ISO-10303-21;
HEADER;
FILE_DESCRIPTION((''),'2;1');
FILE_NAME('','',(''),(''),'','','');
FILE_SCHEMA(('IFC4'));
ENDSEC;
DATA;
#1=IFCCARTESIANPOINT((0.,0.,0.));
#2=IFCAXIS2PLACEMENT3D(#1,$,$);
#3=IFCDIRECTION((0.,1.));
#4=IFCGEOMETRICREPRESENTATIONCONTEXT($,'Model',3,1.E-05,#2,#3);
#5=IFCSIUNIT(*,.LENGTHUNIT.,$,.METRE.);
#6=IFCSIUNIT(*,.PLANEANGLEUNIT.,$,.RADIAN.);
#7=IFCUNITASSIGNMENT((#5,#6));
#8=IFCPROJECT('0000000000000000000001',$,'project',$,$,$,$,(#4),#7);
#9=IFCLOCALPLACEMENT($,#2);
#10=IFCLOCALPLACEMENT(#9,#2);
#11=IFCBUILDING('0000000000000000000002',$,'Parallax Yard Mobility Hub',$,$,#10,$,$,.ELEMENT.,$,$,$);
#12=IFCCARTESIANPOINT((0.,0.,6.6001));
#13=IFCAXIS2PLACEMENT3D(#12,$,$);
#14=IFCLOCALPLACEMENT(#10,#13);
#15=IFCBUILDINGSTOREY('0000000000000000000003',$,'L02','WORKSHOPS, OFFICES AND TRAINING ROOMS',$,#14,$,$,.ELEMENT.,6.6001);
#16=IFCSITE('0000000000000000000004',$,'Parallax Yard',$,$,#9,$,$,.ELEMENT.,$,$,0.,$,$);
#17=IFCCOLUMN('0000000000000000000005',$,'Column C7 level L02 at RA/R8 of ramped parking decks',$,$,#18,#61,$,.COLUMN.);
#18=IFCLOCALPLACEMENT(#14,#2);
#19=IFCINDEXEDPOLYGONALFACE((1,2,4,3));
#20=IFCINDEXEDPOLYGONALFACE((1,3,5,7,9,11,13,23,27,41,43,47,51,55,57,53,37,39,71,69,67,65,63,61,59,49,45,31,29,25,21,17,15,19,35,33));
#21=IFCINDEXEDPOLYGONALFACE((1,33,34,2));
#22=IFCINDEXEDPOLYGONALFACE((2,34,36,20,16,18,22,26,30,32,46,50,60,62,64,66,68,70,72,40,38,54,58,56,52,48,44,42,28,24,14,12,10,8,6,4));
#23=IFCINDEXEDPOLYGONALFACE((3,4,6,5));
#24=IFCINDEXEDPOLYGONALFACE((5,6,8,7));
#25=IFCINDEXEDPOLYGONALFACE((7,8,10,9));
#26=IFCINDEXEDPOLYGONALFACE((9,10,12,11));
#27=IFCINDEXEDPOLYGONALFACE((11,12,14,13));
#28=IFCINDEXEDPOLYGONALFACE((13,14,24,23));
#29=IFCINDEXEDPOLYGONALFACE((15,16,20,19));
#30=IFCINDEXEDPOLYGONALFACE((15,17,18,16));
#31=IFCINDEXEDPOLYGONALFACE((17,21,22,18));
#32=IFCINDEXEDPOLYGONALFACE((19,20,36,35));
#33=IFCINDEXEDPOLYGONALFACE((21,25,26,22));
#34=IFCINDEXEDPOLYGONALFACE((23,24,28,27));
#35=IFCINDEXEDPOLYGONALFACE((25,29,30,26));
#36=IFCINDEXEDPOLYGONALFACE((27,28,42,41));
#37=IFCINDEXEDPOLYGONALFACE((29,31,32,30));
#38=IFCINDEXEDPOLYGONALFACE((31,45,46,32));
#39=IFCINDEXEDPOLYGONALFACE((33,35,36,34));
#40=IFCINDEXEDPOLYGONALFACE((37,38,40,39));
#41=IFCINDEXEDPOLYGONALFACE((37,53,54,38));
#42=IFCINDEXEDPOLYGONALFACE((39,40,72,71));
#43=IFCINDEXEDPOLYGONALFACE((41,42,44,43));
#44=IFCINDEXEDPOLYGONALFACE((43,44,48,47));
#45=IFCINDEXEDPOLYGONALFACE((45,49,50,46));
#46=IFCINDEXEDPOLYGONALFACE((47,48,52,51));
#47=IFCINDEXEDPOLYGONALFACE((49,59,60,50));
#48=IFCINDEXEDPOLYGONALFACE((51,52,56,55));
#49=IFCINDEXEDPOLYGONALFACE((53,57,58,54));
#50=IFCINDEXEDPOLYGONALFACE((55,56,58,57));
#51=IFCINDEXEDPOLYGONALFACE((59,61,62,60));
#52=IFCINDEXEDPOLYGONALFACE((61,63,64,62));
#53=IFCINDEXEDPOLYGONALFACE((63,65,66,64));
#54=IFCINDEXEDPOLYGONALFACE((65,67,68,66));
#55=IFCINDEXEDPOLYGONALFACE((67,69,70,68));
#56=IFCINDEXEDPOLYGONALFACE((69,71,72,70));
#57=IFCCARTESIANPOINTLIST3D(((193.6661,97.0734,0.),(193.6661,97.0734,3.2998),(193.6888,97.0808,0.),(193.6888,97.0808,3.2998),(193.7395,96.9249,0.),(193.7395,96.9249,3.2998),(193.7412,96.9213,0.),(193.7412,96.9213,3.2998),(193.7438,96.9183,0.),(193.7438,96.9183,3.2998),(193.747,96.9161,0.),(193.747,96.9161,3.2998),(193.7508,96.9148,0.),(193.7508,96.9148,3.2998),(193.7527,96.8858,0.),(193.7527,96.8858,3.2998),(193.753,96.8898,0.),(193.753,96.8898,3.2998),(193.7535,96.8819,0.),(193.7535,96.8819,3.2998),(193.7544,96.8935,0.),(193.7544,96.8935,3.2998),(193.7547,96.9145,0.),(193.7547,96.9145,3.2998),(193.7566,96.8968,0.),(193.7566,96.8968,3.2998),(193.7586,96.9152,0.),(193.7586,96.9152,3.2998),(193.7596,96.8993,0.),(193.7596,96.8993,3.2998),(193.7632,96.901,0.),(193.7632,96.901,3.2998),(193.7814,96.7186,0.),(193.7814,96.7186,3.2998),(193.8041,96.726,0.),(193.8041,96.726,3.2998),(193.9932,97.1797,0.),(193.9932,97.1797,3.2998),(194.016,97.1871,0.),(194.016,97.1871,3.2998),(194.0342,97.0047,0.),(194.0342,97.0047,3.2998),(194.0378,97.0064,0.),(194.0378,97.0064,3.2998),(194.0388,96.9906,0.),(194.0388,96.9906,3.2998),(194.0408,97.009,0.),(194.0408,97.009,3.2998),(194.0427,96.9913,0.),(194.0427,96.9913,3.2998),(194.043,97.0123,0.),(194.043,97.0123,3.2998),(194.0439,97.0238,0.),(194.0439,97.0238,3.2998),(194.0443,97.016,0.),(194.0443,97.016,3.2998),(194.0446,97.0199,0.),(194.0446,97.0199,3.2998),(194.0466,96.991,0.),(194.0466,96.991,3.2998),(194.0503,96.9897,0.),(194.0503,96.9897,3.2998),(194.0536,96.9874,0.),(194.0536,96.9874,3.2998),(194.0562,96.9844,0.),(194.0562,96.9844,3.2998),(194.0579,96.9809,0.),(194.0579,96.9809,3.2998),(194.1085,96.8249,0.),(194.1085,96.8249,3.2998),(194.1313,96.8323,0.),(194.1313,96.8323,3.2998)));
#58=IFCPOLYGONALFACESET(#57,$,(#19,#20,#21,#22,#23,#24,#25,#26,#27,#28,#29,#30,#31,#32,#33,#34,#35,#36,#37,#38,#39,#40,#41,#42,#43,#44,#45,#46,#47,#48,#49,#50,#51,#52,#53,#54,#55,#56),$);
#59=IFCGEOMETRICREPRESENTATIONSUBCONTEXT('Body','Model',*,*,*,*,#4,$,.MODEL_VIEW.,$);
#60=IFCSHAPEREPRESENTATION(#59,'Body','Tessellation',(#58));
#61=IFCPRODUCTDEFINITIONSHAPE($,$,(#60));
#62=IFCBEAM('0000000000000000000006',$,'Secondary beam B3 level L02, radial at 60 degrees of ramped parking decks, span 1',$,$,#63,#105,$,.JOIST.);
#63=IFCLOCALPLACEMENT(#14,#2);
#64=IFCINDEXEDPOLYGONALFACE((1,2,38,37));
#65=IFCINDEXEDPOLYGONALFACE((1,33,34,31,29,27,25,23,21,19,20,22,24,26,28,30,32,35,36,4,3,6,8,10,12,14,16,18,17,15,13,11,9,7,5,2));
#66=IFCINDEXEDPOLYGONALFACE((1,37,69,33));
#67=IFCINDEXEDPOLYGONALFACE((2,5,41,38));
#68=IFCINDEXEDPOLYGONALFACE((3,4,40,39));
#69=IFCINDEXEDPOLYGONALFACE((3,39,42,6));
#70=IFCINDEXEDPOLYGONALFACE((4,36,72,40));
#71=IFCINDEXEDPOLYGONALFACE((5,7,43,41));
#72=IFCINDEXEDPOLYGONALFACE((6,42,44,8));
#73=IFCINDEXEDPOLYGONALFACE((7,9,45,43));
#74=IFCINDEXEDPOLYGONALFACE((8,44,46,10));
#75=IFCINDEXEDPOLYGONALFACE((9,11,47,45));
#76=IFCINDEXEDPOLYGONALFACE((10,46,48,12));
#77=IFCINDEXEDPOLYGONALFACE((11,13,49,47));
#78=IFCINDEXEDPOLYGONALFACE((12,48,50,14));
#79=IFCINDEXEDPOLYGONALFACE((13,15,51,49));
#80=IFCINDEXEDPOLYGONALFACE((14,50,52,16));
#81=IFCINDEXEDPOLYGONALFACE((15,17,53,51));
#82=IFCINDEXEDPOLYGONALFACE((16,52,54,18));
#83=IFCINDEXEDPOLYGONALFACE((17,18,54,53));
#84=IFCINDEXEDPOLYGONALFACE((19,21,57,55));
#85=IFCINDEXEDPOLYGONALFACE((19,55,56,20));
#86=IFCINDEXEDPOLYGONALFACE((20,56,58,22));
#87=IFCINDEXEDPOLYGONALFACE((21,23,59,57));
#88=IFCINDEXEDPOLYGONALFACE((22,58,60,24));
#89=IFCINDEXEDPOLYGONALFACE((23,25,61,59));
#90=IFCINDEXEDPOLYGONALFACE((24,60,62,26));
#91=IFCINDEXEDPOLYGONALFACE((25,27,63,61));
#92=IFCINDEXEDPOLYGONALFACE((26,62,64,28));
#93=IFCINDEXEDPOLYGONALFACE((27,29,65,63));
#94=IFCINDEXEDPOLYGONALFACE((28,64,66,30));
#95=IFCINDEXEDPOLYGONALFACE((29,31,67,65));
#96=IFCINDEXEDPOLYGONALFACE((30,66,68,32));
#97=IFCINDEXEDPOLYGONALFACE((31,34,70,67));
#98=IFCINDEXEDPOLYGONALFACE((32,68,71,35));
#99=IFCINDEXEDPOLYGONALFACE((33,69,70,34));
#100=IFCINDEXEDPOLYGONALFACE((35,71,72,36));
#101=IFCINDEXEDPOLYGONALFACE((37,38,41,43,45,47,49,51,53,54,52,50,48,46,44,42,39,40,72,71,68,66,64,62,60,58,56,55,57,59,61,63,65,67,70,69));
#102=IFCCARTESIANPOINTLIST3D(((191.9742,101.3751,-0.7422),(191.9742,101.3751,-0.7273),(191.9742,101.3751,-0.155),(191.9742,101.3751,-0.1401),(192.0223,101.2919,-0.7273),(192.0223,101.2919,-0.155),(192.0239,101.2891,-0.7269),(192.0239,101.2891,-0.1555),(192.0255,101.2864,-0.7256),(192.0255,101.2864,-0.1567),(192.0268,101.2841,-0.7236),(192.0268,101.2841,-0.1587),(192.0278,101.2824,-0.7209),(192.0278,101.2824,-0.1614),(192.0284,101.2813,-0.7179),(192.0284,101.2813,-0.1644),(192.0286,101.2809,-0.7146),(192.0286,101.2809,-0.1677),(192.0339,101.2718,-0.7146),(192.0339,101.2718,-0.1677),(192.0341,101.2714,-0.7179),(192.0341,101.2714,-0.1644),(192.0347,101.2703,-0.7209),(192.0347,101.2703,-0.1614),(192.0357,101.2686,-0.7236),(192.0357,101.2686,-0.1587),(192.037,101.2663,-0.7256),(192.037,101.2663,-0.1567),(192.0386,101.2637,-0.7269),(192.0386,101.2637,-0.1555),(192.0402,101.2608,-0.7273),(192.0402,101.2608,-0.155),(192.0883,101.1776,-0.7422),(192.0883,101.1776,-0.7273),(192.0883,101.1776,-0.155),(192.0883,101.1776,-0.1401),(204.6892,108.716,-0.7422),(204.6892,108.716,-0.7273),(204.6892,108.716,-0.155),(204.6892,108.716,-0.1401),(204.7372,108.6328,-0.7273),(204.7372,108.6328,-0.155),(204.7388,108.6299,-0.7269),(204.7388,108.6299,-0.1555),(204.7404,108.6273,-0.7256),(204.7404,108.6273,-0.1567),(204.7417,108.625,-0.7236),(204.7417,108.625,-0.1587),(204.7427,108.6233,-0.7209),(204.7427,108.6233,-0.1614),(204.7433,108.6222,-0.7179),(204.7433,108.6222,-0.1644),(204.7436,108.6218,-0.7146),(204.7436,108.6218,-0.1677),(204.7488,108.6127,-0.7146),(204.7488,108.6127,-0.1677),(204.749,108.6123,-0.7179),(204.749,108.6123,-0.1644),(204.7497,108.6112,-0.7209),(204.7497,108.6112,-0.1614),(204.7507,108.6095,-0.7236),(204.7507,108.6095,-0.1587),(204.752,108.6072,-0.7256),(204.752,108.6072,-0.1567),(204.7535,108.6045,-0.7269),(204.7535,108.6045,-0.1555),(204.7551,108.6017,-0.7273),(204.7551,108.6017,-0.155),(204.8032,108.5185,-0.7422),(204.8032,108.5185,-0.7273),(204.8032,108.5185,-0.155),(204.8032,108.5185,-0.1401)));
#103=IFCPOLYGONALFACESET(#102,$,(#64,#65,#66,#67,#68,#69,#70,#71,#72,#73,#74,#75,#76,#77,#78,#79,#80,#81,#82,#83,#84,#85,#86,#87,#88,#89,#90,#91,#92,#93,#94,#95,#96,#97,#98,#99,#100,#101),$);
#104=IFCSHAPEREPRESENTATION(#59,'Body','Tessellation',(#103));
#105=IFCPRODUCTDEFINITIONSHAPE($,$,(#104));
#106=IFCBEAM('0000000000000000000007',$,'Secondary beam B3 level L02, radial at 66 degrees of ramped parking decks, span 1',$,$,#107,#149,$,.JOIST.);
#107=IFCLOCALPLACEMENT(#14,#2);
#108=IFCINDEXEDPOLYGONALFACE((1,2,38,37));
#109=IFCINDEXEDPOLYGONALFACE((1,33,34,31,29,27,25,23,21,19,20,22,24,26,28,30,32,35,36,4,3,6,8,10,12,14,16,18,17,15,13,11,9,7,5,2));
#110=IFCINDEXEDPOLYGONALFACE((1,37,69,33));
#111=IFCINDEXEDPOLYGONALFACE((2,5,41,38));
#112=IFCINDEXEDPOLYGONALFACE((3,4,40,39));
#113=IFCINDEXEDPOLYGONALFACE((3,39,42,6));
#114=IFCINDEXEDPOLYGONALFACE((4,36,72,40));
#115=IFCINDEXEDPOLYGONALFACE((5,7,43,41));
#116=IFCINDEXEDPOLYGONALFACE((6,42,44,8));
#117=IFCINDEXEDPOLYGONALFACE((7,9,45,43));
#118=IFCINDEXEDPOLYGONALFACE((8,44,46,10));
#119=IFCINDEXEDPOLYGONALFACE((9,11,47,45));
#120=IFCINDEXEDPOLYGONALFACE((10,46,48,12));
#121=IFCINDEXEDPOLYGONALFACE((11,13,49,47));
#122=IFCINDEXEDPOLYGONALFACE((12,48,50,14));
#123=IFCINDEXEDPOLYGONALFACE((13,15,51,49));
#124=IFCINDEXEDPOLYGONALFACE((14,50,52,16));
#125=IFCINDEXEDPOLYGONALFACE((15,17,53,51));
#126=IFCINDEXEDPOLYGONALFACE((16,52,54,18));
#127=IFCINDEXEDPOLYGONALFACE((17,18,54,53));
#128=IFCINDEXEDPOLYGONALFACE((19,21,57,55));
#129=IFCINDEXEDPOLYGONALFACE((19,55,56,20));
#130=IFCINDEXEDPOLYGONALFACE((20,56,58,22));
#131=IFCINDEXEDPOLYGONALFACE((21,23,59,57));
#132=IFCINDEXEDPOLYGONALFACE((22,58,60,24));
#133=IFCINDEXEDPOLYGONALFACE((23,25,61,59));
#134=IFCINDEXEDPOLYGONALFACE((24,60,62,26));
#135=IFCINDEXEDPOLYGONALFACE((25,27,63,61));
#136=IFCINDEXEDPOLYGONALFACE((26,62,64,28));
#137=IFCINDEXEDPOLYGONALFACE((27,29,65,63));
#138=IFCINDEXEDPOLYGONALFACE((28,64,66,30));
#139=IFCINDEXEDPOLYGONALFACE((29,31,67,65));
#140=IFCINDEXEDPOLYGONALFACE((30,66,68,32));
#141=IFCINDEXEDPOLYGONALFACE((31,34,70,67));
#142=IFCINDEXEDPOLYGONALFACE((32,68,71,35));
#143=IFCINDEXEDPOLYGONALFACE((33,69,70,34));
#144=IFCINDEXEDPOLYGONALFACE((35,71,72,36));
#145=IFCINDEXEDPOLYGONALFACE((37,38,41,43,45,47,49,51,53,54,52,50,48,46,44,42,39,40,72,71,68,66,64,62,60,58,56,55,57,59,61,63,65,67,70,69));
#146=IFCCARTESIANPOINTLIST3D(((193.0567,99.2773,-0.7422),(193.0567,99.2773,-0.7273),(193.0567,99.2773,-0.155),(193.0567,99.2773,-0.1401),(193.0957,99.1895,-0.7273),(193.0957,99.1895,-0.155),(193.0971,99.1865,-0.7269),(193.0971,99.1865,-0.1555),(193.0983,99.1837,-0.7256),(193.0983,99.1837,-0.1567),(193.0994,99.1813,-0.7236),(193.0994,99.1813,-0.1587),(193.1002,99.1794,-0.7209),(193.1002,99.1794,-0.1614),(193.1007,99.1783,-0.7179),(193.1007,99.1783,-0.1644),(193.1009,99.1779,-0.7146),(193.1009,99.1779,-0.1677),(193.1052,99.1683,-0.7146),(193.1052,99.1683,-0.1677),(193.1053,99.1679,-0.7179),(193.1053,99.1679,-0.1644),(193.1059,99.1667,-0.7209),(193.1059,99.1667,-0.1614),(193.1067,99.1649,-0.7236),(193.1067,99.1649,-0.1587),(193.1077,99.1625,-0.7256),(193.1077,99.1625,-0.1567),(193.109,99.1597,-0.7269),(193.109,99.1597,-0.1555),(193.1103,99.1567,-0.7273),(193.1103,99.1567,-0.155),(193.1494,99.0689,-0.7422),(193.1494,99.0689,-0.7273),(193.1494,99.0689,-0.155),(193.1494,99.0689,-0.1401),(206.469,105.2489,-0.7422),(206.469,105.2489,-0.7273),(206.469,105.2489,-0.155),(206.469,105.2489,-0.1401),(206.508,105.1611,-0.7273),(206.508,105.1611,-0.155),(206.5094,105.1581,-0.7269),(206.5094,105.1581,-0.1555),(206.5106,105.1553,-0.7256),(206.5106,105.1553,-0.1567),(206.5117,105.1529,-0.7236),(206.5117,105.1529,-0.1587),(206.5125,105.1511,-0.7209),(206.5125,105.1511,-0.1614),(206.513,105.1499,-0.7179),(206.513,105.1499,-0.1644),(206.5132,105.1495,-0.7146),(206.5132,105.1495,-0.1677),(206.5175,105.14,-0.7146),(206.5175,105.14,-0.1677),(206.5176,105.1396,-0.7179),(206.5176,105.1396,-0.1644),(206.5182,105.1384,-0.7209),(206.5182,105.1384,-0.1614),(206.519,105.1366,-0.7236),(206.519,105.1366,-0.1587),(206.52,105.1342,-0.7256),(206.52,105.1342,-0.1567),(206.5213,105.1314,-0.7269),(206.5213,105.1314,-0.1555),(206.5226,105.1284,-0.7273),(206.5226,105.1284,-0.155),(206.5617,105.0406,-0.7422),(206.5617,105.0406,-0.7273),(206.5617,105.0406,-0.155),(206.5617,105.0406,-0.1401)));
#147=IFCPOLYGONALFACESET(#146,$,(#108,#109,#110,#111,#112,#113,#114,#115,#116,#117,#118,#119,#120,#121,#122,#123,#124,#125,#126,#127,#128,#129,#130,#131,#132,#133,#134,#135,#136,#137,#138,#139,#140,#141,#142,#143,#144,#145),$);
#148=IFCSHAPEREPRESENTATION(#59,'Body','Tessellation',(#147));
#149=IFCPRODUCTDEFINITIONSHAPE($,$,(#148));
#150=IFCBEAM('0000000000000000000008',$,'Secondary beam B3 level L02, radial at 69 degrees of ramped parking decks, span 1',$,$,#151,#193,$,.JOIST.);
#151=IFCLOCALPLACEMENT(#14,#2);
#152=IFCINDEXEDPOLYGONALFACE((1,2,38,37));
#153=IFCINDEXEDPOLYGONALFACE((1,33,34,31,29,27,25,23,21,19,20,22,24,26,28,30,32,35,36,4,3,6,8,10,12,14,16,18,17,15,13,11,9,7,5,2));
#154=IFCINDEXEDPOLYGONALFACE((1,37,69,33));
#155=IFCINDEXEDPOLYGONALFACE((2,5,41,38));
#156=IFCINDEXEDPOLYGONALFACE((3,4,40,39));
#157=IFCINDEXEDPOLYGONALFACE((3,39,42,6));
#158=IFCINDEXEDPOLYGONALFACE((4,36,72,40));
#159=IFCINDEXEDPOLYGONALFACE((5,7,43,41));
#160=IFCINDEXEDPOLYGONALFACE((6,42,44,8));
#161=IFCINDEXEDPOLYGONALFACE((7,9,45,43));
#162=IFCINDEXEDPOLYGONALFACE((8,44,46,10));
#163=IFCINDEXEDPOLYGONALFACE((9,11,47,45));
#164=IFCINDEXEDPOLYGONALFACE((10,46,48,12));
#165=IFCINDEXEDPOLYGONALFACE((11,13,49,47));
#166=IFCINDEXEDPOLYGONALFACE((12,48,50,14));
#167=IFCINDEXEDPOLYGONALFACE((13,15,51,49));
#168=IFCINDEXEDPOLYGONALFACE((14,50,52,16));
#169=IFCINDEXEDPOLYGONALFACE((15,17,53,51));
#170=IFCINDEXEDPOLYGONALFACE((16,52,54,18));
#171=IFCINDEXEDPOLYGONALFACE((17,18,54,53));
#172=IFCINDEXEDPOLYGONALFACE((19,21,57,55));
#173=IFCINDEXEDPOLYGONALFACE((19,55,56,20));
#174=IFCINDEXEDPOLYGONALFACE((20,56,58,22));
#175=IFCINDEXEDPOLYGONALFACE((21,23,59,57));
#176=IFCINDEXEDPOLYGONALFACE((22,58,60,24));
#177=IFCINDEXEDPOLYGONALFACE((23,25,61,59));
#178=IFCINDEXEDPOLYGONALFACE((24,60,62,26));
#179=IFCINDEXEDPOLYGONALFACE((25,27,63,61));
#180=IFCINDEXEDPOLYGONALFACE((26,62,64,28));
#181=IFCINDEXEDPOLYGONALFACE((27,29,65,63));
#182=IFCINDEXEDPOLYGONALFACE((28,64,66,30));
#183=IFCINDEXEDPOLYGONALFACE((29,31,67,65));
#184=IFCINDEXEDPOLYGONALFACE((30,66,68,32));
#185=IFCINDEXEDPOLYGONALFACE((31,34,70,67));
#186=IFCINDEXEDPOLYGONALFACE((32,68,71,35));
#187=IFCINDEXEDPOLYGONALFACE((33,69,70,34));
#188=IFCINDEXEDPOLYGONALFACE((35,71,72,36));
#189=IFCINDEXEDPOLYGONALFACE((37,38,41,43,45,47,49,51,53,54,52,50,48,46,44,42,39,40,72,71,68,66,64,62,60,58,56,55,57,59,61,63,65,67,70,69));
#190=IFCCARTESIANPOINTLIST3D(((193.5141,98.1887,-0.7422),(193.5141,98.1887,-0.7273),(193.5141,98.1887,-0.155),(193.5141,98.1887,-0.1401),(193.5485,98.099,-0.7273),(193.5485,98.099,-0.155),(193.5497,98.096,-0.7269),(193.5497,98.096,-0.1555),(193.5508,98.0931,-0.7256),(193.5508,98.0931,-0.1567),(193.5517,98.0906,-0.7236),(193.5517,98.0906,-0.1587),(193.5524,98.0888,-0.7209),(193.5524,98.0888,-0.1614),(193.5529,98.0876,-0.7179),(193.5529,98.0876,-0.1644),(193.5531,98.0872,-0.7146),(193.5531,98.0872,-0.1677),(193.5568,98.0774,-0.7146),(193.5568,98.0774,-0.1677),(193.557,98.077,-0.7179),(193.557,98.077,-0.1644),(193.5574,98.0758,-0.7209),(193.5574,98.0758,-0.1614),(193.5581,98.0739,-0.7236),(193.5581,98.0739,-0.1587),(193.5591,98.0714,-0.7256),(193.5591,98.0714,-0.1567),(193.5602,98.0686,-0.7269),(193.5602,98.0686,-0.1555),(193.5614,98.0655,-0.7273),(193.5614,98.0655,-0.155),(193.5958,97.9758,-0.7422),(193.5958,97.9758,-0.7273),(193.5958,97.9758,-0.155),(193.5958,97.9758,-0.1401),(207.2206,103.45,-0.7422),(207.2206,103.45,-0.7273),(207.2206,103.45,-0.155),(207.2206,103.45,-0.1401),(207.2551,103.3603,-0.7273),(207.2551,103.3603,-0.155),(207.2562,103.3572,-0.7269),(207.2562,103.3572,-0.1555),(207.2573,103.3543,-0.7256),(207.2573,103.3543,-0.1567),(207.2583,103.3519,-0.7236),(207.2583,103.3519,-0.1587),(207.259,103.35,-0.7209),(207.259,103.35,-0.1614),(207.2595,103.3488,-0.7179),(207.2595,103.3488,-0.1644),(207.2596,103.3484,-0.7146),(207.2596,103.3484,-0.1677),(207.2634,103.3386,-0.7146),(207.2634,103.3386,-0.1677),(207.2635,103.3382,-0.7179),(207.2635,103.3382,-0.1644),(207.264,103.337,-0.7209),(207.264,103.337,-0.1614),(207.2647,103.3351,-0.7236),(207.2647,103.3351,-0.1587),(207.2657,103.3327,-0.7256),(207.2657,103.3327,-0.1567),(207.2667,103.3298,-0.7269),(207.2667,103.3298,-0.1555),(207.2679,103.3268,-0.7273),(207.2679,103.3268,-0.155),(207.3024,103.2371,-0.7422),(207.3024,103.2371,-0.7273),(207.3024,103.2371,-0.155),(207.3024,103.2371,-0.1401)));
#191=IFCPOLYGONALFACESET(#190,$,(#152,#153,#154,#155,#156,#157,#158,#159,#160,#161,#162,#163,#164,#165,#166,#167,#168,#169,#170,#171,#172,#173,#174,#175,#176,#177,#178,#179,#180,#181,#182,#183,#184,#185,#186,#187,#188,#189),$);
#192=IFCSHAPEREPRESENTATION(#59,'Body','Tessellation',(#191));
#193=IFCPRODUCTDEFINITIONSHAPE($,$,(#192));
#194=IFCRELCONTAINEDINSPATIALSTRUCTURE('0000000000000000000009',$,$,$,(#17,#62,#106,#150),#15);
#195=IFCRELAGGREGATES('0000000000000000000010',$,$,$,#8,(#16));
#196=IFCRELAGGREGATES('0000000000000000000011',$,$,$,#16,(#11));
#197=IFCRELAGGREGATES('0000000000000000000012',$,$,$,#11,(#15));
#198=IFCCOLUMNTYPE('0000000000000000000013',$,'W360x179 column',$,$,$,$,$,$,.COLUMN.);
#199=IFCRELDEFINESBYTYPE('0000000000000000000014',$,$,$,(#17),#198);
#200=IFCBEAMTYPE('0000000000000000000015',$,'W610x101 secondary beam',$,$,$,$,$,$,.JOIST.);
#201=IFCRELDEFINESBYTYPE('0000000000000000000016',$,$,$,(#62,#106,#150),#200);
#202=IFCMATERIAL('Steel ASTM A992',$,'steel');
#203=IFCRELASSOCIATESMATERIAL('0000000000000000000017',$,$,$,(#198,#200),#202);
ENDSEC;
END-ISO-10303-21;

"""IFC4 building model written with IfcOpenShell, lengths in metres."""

from ifc_helpers import new_model, si_unit, direction, frame, origin, origin_2d, place, context, subcontext, project, spatial, i_section, extrude, material, material_profile, profile_set, type_object, element, save


model = new_model("IFC4")

# Units and contexts
model_context = context("Model", 3, precision=1e-05, world=origin(), true_north=direction((0.0, 1.0)))
body_context = subcontext(model_context, "Body", "Model", "MODEL_VIEW")
ifc_project = project(units=[si_unit("LENGTHUNIT", "METRE"), si_unit("PLANEANGLEUNIT", "RADIAN")], contexts=[model_context])

# Site, building, storey
site_placement = place(None, origin())
site = spatial("IfcSite", under=ifc_project, at=site_placement, Name="Parallax Yard", CompositionType="ELEMENT", RefElevation=0.0)
building_placement = place(site_placement, origin())
building = spatial("IfcBuilding", under=site, at=building_placement, Name="Parallax Yard Mobility Hub", CompositionType="ELEMENT")
storey_placement = place(building_placement, frame((0.0, 0.0, 6.6001)))
storey = spatial("IfcBuildingStorey", under=building, at=storey_placement, Name="L02", Description="WORKSHOPS, OFFICES AND TRAINING ROOMS", CompositionType="ELEMENT", Elevation=6.6001)

# Column
ifc_material_1 = material(Name="Steel ASTM A992", Category="steel")
ifc_material_profile_1 = material_profile(ifc_material_1, i_section(OverallWidth=0.373, OverallDepth=0.3679, WebThickness=0.0149, FlangeThickness=0.0239, FilletRadius=0.0151, at=origin_2d()), Name="W360x179")
ifc_profile_set_1 = profile_set([ifc_material_profile_1], Name="Steel ASTM A992")
column_type = type_object("IfcColumnType", Name="W360x179 column", PredefinedType="COLUMN", material=ifc_profile_set_1)
column_placement = place(storey_placement, frame((193.8987, 96.9529, 0.0), z_axis=(0.0, 0.0, 1.0), x_axis=(-0.309017, 0.951057, 0.0)))
element("IfcColumn", 1, at=column_placement, inside=storey, type_object=column_type, Name="Column C7 level L02 at RA/R8 of ramped parking decks", PredefinedType="COLUMN", context=body_context, shape_type="SweptSolid", body=[
    extrude(i_section(OverallWidth=0.373, OverallDepth=0.3679, WebThickness=0.0149, FlangeThickness=0.0239, FilletRadius=0.0151, at=origin_2d()), origin(), (0.0, 0.0, 1.0), 3.2998),
])

# Beams
ifc_material_profile_2 = material_profile(ifc_material_1, i_section(OverallWidth=0.228, OverallDepth=0.6021, WebThickness=0.0105, FlangeThickness=0.0149, FilletRadius=0.0127, at=origin_2d()), Name="W610x101")
ifc_profile_set_2 = profile_set([ifc_material_profile_2], Name="Steel ASTM A992")
beam_type_1 = type_object("IfcBeamType", Name="W610x101 secondary beam", PredefinedType="JOIST", material=ifc_profile_set_2)
beam_1_placement = place(storey_placement, frame((192.0312, 101.2764, -0.4412), z_axis=(0.866028, 0.499995, 0.0), x_axis=(-0.499995, 0.866028, 0.0)))
element("IfcBeam", 2, at=beam_1_placement, inside=storey, type_object=beam_type_1, Name="Secondary beam B3 level L02, radial at 60 degrees of ramped parking decks, span 1", PredefinedType="JOIST", context=body_context, shape_type="SweptSolid", body=[
    extrude(i_section(OverallWidth=0.228, OverallDepth=0.6021, WebThickness=0.0105, FlangeThickness=0.0149, FilletRadius=0.0127, at=origin_2d()), origin(), (0.0, 0.0, 1.0), 14.6819),
])
for number, where, z_axis, x_axis, name in (
    (3, (193.103, 99.1731, -0.4412), (0.913543, 0.406743, 0.0), (-0.406743, 0.913543, 0.0), "Secondary beam B3 level L02, radial at 66 degrees of ramped parking decks, span 1"),
    (4, (193.5549, 98.0823, -0.4412), (0.933585, 0.358355, 0.0), (-0.358355, 0.933585, 0.0), "Secondary beam B3 level L02, radial at 69 degrees of ramped parking decks, span 1"),
):
    element("IfcBeam", number, at=place(storey_placement, frame(where, z_axis=z_axis, x_axis=x_axis)), inside=storey, type_object=beam_type_1, Name=name, PredefinedType="JOIST", context=body_context, shape_type="SweptSolid", body=[
        extrude(i_section(OverallWidth=0.228, OverallDepth=0.6021, WebThickness=0.0105, FlangeThickness=0.0149, FilletRadius=0.0127, at=origin_2d()), origin(), (0.0, 0.0, 1.0), 14.6816),
    ])

save(model, "model.ifc")
